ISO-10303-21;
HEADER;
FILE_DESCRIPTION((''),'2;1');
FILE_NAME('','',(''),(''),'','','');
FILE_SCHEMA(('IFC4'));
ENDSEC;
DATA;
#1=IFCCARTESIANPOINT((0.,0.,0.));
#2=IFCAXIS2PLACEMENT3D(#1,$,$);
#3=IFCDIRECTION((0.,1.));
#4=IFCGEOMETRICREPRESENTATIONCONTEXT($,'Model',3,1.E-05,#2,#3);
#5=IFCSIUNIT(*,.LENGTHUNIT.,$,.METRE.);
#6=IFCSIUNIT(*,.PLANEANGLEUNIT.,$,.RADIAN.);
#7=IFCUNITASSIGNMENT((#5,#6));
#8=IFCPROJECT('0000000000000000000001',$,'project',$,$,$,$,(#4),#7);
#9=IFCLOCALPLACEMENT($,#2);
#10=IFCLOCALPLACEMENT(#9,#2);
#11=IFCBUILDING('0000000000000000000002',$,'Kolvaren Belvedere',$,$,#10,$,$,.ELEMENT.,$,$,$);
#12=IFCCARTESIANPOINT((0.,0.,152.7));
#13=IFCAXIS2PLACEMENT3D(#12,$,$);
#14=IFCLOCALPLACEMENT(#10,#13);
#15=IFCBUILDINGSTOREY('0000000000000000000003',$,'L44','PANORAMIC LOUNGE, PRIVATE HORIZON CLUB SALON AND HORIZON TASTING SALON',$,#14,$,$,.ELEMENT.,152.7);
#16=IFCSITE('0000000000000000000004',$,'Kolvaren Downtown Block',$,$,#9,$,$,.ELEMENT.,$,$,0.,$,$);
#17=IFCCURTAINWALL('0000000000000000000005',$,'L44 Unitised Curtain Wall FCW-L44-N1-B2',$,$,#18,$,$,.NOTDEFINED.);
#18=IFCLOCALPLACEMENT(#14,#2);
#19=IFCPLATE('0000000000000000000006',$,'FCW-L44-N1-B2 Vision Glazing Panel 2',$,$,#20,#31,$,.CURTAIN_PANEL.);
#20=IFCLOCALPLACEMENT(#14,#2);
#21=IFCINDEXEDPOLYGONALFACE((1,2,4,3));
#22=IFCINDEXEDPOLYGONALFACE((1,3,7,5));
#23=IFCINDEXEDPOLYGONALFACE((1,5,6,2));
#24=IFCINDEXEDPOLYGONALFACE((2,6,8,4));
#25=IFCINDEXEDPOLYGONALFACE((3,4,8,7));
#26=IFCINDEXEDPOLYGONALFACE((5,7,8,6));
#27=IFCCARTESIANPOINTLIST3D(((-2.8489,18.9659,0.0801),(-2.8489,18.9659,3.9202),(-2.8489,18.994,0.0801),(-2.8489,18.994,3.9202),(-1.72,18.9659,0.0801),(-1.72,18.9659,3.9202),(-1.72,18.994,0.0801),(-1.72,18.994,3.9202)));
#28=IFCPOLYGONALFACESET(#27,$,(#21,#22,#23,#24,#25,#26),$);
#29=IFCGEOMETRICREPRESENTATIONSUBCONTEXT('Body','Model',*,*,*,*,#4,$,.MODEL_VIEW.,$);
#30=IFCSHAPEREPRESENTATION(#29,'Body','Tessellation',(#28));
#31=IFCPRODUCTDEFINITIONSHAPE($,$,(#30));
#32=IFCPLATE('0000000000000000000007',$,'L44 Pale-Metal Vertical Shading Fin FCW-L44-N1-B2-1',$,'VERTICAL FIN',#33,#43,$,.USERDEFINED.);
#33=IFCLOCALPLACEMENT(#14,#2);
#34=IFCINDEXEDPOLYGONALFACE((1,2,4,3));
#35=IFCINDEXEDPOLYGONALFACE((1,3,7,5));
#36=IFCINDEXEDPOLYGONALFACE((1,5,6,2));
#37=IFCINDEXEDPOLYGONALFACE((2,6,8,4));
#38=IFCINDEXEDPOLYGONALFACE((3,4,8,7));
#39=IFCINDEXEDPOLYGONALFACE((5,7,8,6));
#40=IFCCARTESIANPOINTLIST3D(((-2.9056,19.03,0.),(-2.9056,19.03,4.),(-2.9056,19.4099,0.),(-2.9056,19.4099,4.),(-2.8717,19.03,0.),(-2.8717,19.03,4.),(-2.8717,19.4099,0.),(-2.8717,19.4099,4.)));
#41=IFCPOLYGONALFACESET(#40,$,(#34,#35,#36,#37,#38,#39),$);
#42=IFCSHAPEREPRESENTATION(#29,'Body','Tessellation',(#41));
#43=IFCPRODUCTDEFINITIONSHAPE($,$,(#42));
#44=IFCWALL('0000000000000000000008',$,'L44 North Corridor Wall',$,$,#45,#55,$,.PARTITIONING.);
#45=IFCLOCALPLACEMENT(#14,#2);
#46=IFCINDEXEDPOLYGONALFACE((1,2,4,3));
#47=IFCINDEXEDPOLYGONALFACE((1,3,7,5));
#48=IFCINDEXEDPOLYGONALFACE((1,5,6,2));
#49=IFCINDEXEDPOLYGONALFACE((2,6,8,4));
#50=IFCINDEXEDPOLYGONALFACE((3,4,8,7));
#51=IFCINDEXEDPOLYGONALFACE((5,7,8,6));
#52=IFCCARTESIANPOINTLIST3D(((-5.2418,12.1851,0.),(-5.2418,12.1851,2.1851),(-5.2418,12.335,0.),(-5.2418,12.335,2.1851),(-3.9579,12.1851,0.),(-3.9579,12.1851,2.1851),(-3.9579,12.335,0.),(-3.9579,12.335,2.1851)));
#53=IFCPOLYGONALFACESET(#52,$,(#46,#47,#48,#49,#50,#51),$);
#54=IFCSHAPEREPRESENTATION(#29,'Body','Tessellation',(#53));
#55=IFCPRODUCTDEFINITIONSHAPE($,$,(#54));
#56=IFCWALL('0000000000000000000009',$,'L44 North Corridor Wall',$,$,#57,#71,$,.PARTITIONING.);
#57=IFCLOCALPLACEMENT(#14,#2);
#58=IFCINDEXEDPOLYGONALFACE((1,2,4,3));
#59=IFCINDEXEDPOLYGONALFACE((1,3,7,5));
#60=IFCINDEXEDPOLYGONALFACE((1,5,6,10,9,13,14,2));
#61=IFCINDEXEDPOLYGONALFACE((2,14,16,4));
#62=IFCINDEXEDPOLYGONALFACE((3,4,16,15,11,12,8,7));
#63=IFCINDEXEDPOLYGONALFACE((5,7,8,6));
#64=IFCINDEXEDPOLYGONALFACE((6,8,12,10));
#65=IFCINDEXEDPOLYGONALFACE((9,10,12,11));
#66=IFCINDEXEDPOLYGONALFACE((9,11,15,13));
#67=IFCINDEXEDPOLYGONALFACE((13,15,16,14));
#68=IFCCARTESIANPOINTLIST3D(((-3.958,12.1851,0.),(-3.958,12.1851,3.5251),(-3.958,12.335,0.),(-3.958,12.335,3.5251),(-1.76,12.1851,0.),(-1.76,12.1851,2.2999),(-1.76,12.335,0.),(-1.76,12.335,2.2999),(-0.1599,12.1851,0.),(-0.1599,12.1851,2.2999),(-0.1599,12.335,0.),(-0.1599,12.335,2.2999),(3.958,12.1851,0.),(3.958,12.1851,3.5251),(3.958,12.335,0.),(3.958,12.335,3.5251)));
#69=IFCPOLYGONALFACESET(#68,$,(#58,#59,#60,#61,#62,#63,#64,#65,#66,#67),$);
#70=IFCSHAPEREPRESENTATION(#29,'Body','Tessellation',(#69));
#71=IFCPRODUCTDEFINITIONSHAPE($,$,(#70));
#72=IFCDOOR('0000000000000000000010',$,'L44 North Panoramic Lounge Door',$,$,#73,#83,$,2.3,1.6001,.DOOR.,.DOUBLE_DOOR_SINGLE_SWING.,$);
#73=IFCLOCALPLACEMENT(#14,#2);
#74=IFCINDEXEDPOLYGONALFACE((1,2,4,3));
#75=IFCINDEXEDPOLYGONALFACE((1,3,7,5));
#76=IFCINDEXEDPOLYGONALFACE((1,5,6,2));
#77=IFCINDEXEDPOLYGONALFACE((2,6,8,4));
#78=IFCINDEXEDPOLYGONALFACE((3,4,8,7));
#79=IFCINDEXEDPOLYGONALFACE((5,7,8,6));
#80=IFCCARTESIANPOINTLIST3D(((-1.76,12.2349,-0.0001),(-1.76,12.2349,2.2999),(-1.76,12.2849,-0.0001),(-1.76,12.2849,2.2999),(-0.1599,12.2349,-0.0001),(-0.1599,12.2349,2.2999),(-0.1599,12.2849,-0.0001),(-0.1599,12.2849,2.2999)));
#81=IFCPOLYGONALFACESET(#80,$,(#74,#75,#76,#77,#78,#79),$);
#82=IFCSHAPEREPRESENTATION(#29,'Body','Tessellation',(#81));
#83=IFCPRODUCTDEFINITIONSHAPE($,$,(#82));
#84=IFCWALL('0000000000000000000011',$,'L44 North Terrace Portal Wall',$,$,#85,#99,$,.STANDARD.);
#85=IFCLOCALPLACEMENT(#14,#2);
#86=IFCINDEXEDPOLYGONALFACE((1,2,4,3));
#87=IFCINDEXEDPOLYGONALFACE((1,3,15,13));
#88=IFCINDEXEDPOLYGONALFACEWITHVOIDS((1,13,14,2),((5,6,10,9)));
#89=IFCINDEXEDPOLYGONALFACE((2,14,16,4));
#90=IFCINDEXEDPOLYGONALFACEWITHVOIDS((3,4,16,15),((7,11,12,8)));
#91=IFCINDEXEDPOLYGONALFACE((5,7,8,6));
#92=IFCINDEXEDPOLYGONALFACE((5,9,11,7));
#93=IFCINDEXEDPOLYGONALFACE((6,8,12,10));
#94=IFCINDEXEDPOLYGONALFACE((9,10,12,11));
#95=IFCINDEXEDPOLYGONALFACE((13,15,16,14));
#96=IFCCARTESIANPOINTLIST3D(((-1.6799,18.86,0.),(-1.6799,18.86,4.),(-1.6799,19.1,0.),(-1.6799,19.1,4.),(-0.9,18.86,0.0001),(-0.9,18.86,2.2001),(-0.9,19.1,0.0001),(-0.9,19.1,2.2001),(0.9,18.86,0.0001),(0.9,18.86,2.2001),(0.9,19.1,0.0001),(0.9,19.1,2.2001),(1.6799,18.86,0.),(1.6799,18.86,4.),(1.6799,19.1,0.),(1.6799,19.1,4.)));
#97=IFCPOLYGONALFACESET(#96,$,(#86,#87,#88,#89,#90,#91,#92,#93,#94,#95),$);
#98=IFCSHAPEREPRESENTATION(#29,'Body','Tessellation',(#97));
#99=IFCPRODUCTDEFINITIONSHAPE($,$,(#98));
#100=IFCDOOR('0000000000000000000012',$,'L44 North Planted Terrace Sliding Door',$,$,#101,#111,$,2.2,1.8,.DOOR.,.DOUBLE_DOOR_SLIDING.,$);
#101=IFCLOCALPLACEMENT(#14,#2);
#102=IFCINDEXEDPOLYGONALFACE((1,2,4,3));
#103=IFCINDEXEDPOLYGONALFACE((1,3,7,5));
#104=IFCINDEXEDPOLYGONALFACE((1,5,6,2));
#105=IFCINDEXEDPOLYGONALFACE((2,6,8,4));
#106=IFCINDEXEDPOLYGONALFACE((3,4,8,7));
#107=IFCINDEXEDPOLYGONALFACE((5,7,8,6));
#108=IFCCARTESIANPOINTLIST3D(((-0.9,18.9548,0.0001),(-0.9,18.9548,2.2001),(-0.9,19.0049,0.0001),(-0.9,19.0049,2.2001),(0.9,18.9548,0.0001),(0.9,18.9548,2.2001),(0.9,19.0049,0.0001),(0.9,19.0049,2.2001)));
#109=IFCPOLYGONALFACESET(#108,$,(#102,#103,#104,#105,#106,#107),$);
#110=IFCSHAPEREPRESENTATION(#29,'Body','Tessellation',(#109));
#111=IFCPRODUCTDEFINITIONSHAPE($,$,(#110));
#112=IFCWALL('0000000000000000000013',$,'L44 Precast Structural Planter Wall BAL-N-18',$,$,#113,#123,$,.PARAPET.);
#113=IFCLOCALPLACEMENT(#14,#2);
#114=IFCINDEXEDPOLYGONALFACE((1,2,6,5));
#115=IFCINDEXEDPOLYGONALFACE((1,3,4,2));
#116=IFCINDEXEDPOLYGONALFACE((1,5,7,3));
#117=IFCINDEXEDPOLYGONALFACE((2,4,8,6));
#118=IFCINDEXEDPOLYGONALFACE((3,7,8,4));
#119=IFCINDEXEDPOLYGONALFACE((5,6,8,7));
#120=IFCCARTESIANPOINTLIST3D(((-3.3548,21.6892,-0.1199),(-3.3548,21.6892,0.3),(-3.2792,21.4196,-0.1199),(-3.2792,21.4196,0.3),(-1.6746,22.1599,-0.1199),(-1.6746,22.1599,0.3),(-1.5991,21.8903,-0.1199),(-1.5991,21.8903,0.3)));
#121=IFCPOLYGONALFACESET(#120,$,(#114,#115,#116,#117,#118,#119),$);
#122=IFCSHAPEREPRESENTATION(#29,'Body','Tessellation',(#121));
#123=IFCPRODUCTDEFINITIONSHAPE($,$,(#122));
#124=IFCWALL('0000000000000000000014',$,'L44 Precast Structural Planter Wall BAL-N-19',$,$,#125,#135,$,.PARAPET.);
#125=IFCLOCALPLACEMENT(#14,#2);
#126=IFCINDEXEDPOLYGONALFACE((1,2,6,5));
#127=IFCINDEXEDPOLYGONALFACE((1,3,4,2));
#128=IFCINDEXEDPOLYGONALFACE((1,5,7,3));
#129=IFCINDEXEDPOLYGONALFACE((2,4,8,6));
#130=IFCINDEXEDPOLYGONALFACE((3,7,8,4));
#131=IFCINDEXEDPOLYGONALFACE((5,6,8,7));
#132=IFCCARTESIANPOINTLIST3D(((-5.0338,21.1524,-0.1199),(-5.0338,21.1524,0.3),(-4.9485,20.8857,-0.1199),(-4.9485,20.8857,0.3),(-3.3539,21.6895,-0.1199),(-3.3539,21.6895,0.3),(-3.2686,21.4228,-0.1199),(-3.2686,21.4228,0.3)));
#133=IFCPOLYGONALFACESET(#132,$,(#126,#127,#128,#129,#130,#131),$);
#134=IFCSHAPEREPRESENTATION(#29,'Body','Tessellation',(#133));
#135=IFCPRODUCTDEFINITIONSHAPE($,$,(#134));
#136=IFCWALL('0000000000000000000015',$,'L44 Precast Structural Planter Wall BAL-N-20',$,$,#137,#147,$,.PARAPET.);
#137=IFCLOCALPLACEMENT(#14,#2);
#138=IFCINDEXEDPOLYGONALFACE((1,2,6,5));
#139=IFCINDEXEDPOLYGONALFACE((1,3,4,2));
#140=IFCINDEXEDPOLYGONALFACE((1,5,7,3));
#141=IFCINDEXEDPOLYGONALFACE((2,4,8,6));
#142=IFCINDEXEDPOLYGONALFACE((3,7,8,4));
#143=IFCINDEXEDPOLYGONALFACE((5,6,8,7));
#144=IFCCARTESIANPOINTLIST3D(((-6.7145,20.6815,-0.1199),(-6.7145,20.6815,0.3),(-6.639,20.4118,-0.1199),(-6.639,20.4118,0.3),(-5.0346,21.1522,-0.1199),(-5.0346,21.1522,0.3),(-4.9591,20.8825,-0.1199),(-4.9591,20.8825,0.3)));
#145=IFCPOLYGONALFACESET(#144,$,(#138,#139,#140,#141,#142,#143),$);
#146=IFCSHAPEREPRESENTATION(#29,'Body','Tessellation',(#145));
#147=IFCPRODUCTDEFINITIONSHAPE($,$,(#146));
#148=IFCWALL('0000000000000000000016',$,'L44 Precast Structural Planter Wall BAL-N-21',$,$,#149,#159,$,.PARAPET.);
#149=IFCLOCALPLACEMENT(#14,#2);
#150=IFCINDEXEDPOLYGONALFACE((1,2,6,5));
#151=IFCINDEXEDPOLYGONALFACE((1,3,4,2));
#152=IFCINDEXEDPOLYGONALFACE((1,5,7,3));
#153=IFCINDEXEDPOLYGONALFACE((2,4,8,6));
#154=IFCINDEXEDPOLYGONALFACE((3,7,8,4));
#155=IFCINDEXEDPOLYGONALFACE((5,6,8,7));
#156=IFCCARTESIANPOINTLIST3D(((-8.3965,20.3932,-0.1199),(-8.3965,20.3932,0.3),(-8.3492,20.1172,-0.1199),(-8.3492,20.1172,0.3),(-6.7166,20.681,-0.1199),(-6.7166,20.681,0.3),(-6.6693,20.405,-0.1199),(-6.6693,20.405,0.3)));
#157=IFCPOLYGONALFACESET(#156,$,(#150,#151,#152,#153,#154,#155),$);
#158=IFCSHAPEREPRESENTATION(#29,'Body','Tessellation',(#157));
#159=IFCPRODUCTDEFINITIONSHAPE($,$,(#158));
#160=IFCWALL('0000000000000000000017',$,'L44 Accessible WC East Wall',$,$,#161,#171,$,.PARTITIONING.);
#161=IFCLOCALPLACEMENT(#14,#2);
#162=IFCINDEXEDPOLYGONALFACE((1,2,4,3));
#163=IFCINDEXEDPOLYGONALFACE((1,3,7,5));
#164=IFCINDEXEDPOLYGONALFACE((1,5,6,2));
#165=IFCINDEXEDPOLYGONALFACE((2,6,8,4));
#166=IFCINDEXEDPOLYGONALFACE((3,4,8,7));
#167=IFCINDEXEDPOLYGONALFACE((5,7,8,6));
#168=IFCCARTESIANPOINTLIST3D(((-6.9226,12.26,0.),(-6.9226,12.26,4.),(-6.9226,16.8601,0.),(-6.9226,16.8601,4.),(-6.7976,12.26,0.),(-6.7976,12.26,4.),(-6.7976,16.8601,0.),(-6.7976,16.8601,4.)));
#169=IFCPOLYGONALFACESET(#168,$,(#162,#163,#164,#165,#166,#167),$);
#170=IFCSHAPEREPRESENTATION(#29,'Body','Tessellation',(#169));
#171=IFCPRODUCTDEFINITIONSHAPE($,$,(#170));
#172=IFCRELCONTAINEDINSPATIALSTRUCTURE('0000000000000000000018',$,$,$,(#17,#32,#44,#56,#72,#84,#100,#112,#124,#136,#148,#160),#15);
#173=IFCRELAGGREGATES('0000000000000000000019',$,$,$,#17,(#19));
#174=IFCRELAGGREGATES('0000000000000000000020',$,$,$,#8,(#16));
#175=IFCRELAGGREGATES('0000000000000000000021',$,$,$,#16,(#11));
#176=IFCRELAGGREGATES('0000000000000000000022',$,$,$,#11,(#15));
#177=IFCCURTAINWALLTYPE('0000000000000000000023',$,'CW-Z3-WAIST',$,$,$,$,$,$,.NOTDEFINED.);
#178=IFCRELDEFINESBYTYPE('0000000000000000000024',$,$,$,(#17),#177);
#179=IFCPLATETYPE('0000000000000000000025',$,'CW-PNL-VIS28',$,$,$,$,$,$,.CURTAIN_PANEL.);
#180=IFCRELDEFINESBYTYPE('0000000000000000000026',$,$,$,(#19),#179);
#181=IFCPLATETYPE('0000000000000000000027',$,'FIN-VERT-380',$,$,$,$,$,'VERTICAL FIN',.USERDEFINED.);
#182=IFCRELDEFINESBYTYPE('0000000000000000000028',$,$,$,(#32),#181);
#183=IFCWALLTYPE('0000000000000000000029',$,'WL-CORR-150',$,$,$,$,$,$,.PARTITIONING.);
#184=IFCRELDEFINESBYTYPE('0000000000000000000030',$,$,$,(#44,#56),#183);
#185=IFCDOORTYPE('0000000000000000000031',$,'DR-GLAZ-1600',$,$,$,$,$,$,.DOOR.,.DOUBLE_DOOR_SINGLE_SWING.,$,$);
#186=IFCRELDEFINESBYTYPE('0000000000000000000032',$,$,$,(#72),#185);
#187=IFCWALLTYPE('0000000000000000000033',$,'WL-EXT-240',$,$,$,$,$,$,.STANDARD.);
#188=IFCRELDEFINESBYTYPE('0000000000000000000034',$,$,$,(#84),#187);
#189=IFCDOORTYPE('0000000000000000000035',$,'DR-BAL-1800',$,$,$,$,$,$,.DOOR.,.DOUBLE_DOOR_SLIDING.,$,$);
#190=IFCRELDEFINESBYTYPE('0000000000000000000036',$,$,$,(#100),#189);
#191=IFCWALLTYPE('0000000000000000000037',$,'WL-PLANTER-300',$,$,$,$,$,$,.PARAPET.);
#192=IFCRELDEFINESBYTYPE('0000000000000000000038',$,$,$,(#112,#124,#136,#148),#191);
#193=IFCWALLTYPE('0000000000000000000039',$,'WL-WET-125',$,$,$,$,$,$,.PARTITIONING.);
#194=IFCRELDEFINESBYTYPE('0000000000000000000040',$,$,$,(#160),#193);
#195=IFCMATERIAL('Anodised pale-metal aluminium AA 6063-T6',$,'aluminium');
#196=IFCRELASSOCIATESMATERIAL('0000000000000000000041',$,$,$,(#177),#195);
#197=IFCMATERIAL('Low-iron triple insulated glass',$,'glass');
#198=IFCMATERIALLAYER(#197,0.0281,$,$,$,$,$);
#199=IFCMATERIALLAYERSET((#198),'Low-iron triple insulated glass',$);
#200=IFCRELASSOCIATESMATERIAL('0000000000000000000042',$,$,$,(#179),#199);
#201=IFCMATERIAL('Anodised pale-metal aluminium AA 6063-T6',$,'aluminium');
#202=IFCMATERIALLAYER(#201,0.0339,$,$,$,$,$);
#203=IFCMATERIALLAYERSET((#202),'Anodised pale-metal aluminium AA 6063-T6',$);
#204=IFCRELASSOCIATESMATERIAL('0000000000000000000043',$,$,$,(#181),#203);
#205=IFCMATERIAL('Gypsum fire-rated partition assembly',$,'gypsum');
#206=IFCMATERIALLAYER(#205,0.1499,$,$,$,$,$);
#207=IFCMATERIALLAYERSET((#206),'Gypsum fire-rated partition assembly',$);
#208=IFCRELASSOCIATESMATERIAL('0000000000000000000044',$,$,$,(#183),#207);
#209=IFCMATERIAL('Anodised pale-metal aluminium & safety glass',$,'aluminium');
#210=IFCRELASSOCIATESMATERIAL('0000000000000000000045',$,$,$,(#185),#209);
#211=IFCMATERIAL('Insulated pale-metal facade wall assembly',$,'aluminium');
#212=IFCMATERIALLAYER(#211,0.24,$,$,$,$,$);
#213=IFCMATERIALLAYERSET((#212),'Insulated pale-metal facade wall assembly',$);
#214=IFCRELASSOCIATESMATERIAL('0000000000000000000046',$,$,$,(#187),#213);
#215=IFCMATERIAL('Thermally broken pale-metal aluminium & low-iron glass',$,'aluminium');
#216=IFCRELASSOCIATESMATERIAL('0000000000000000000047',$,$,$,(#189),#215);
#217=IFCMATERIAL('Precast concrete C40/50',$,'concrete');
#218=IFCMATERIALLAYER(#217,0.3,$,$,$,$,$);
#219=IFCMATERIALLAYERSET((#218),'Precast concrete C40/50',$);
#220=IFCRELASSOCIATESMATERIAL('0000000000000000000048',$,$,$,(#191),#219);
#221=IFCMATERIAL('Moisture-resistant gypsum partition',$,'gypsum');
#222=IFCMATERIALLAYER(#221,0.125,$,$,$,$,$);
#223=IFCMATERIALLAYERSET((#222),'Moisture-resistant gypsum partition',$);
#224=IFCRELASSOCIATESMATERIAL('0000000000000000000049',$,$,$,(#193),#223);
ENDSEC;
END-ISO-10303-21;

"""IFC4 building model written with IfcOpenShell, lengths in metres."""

from ifc_helpers import new_model, si_unit, direction, frame, frame_2d, origin, origin_2d, place, context, subcontext, project, spatial, rectangle, extrude, material, layer, layer_set, type_object, element, fill, aggregate, save


model = new_model("IFC4")

# Units and contexts
model_context = context("Model", 3, precision=1e-05, world=origin(), true_north=direction((0.0, 1.0)))
body_context = subcontext(model_context, "Body", "Model", "MODEL_VIEW")
ifc_project = project(units=[si_unit("LENGTHUNIT", "METRE"), si_unit("PLANEANGLEUNIT", "RADIAN")], contexts=[model_context])

# Site, building, storey
site_placement = place(None, origin())
site = spatial("IfcSite", under=ifc_project, at=site_placement, Name="Kolvaren Downtown Block", CompositionType="ELEMENT", RefElevation=0.0)
building_placement = place(site_placement, origin())
building = spatial("IfcBuilding", under=site, at=building_placement, Name="Kolvaren Belvedere", CompositionType="ELEMENT")
storey_placement = place(building_placement, frame((0.0, 0.0, 152.7)))
storey = spatial("IfcBuildingStorey", under=building, at=storey_placement, Name="L44", Description="PANORAMIC LOUNGE, PRIVATE HORIZON CLUB SALON AND HORIZON TASTING SALON", CompositionType="ELEMENT", Elevation=152.7)

# Shared definitions
ifc_material_1 = material(Name="Anodised pale-metal aluminium AA 6063-T6", Category="aluminium")
curtain_wall_type = type_object("IfcCurtainWallType", Name="CW-Z3-WAIST", PredefinedType="NOTDEFINED", material=ifc_material_1)

# Curtain wall
curtain_wall_1_placement = place(storey_placement, origin())
curtain_wall_1 = element("IfcCurtainWall", 1, at=curtain_wall_1_placement, inside=storey, type_object=curtain_wall_type, Name="L44 Unitised Curtain Wall FCW-L44-N1-B2", PredefinedType="NOTDEFINED")

# Plates
ifc_material_2 = material(Name="Low-iron triple insulated glass", Category="glass")
ifc_layer_1 = layer(ifc_material_2, 0.0281)
ifc_layer_set_1 = layer_set([ifc_layer_1], Name="Low-iron triple insulated glass")
plate_type_1 = type_object("IfcPlateType", Name="CW-PNL-VIS28", PredefinedType="CURTAIN_PANEL", material=ifc_layer_set_1)
plate_1_placement = place(storey_placement, frame((-2.2844, 18.98, 0.0801), z_axis=(0.0, 0.0, 1.0), x_axis=(1.0, 0.0, 0.0)))
plate_1 = element("IfcPlate", 2, at=plate_1_placement, type_object=plate_type_1, Name="FCW-L44-N1-B2 Vision Glazing Panel 2", PredefinedType="CURTAIN_PANEL", context=body_context, shape_type="SweptSolid", body=[
    extrude(rectangle(XDim=1.1289, YDim=0.0281, at=origin_2d()), origin(), (0.0, 0.0, 1.0), 3.8401),
])
aggregate(curtain_wall_1, [plate_1])
ifc_material_3 = material(Name="Anodised pale-metal aluminium AA 6063-T6", Category="aluminium")
ifc_layer_2 = layer(ifc_material_3, 0.0339)
ifc_layer_set_2 = layer_set([ifc_layer_2], Name="Anodised pale-metal aluminium AA 6063-T6")
plate_type_2 = type_object("IfcPlateType", Name="FIN-VERT-380", ElementType="VERTICAL FIN", PredefinedType="USERDEFINED", material=ifc_layer_set_2)
plate_2_placement = place(storey_placement, frame((-2.8887, 19.22, 0.0), z_axis=(0.0, 0.0, 1.0), x_axis=(0.0, 1.0, 0.0)))
element("IfcPlate", 3, at=plate_2_placement, inside=storey, type_object=plate_type_2, Name="L44 Pale-Metal Vertical Shading Fin FCW-L44-N1-B2-1", ObjectType="VERTICAL FIN", PredefinedType="USERDEFINED", context=body_context, shape_type="SweptSolid", body=[
    extrude(rectangle(XDim=0.3799, YDim=0.0339, at=origin_2d()), origin(), (0.0, 0.0, 1.0), 4.0),
])

# Wall
ifc_material_4 = material(Name="Gypsum fire-rated partition assembly", Category="gypsum")
ifc_layer_3 = layer(ifc_material_4, 0.1499)
ifc_layer_set_3 = layer_set([ifc_layer_3], Name="Gypsum fire-rated partition assembly")
wall_type_1 = type_object("IfcWallType", Name="WL-CORR-150", PredefinedType="PARTITIONING", material=ifc_layer_set_3)
wall_1_placement = place(storey_placement, frame((-5.2419, 12.26, 0.0), z_axis=(0.0, 0.0, 1.0), x_axis=(1.0, 0.0, 0.0)))
element("IfcWall", 4, at=wall_1_placement, inside=storey, type_object=wall_type_1, Name="L44 North Corridor Wall", PredefinedType="PARTITIONING", context=body_context, shape_type="SweptSolid", body=[
    extrude(rectangle(XDim=1.2839, YDim=0.1499, at=frame_2d((0.6421, 0.0))), origin(), (0.0, 0.0, 1.0), 2.1851),
])

# Walls, openings, doors
wall_2_placement = place(storey_placement, frame((-3.958, 12.26, 0.0), z_axis=(0.0, 0.0, 1.0), x_axis=(1.0, 0.0, 0.0)))
wall_2 = element("IfcWall", 5, at=wall_2_placement, inside=storey, type_object=wall_type_1, Name="L44 North Corridor Wall", PredefinedType="PARTITIONING", context=body_context, shape_type="SweptSolid", body=[
    extrude(rectangle(XDim=7.916, YDim=0.1499, at=frame_2d((3.958, 0.0))), origin(), (0.0, 0.0, 1.0), 3.5251),
])
opening_1_placement = place(wall_2_placement, frame((2.198, 0.0, 0.0)))
opening_1 = element("IfcOpeningElement", 6, at=opening_1_placement, cuts=wall_2, PredefinedType="OPENING", context=body_context, shape_type="SweptSolid", body=[
    extrude(rectangle(XDim=1.6001, YDim=2.3, at=frame_2d((0.8, 1.1499))), frame((0.0, 0.085, 0.0), z_axis=(0.0, -1.0, 0.0), x_axis=(1.0, 0.0, 0.0)), (0.0, 0.0, 1.0), 0.1699),
])
ifc_material_5 = material(Name="Anodised pale-metal aluminium & safety glass", Category="aluminium")
door_type_1 = type_object("IfcDoorType", Name="DR-GLAZ-1600", OperationType="DOUBLE_DOOR_SINGLE_SWING", PredefinedType="DOOR", material=ifc_material_5)
door_1_placement = place(opening_1_placement, origin())
door_1 = element("IfcDoor", 7, at=door_1_placement, inside=storey, type_object=door_type_1, Name="L44 North Panoramic Lounge Door", OperationType="DOUBLE_DOOR_SINGLE_SWING", OverallHeight=2.3, OverallWidth=1.6001, PredefinedType="DOOR", context=body_context, shape_type="SweptSolid", body=[
    extrude(rectangle(XDim=1.6001, YDim=2.3, at=frame_2d((0.8, 1.1499))), frame((0.0, 0.0249, 0.0), z_axis=(0.0, -1.0, 0.0), x_axis=(1.0, 0.0, 0.0)), (0.0, 0.0, 1.0), 0.05),
])
fill(opening_1, door_1)
ifc_material_6 = material(Name="Insulated pale-metal facade wall assembly", Category="aluminium")
ifc_layer_4 = layer(ifc_material_6, 0.24)
ifc_layer_set_4 = layer_set([ifc_layer_4], Name="Insulated pale-metal facade wall assembly")
wall_type_2 = type_object("IfcWallType", Name="WL-EXT-240", PredefinedType="STANDARD", material=ifc_layer_set_4)
wall_3_placement = place(storey_placement, frame((-1.6799, 18.98, 0.0), z_axis=(0.0, 0.0, 1.0), x_axis=(1.0, 0.0, 0.0)))
wall_3 = element("IfcWall", 8, at=wall_3_placement, inside=storey, type_object=wall_type_2, Name="L44 North Terrace Portal Wall", PredefinedType="STANDARD", context=body_context, shape_type="SweptSolid", body=[
    extrude(rectangle(XDim=3.3599, YDim=0.24, at=frame_2d((1.6799, 0.0))), origin(), (0.0, 0.0, 1.0), 4.0),
])
opening_2_placement = place(wall_3_placement, frame((0.78, 0.0, 0.0)))
opening_2 = element("IfcOpeningElement", 9, at=opening_2_placement, cuts=wall_3, PredefinedType="OPENING", context=body_context, shape_type="SweptSolid", body=[
    extrude(rectangle(XDim=1.8, YDim=2.2, at=frame_2d((0.8999, 1.1001))), frame((0.0, 0.1299, 0.0), z_axis=(0.0, -1.0, 0.0), x_axis=(1.0, 0.0, 0.0)), (0.0, 0.0, 1.0), 0.26),
])
ifc_material_7 = material(Name="Thermally broken pale-metal aluminium & low-iron glass", Category="aluminium")
door_type_2 = type_object("IfcDoorType", Name="DR-BAL-1800", OperationType="DOUBLE_DOOR_SLIDING", PredefinedType="DOOR", material=ifc_material_7)
door_2_placement = place(opening_2_placement, origin())
door_2 = element("IfcDoor", 10, at=door_2_placement, inside=storey, type_object=door_type_2, Name="L44 North Planted Terrace Sliding Door", OperationType="DOUBLE_DOOR_SLIDING", OverallHeight=2.2, OverallWidth=1.8, PredefinedType="DOOR", context=body_context, shape_type="SweptSolid", body=[
    extrude(rectangle(XDim=1.8, YDim=2.2, at=frame_2d((0.8999, 1.1001))), frame((0.0, 0.0249, 0.0), z_axis=(0.0, -1.0, 0.0), x_axis=(1.0, 0.0, 0.0)), (0.0, 0.0, 1.0), 0.05),
])
fill(opening_2, door_2)

# Walls
ifc_material_8 = material(Name="Precast concrete C40/50", Category="concrete")
ifc_layer_5 = layer(ifc_material_8, 0.3)
ifc_layer_set_5 = layer_set([ifc_layer_5], Name="Precast concrete C40/50")
wall_type_3 = type_object("IfcWallType", Name="WL-PLANTER-300", PredefinedType="PARAPET", material=ifc_layer_set_5)
wall_4_placement = place(storey_placement, frame((-1.6367, 22.0251, -0.1199), z_axis=(0.0, 0.0, 1.0), x_axis=(-0.962926, -0.269765, 0.0)))
element("IfcWall", 11, at=wall_4_placement, inside=storey, type_object=wall_type_3, Name="L44 Precast Structural Planter Wall BAL-N-18", PredefinedType="PARAPET", context=body_context, shape_type="SweptSolid", body=[
    extrude(rectangle(XDim=1.7449, YDim=0.28, at=frame_2d((0.8726, 0.0))), origin(), (0.0, 0.0, 1.0), 0.4199),
])
wall_5_placement = place(storey_placement, frame((-3.3113, 21.5562, -0.1199), z_axis=(0.0, 0.0, 1.0), x_axis=(-0.952501, -0.304535, 0.0)))
element("IfcWall", 12, at=wall_5_placement, inside=storey, type_object=wall_type_3, Name="L44 Precast Structural Planter Wall BAL-N-19", PredefinedType="PARAPET", context=body_context, shape_type="SweptSolid", body=[
    extrude(rectangle(XDim=1.7637, YDim=0.28, at=frame_2d((0.8818, 0.0))), origin(), (0.0, 0.0, 1.0), 0.4199),
])
wall_6_placement = place(storey_placement, frame((-4.9968, 21.0173, -0.1199), z_axis=(0.0, 0.0, 1.0), x_axis=(-0.962916, -0.269801, 0.0)))
element("IfcWall", 13, at=wall_6_placement, inside=storey, type_object=wall_type_3, Name="L44 Precast Structural Planter Wall BAL-N-20", PredefinedType="PARAPET", context=body_context, shape_type="SweptSolid", body=[
    extrude(rectangle(XDim=1.7446, YDim=0.28, at=frame_2d((0.8723, 0.0))), origin(), (0.0, 0.0, 1.0), 0.4199),
])
wall_7_placement = place(storey_placement, frame((-6.6931, 20.543, -0.1199), z_axis=(0.0, 0.0, 1.0), x_axis=(-0.985637, -0.16888, 0.0)))
element("IfcWall", 14, at=wall_7_placement, inside=storey, type_object=wall_type_3, Name="L44 Precast Structural Planter Wall BAL-N-21", PredefinedType="PARAPET", context=body_context, shape_type="SweptSolid", body=[
    extrude(rectangle(XDim=1.7043, YDim=0.28, at=frame_2d((0.8521, 0.0))), origin(), (0.0, 0.0, 1.0), 0.4199),
])
ifc_material_9 = material(Name="Moisture-resistant gypsum partition", Category="gypsum")
ifc_layer_6 = layer(ifc_material_9, 0.125)
ifc_layer_set_6 = layer_set([ifc_layer_6], Name="Moisture-resistant gypsum partition")
wall_type_4 = type_object("IfcWallType", Name="WL-WET-125", PredefinedType="PARTITIONING", material=ifc_layer_set_6)
wall_8_placement = place(storey_placement, frame((-6.8601, 12.26, 0.0), z_axis=(0.0, 0.0, 1.0), x_axis=(0.0, 1.0, 0.0)))
element("IfcWall", 15, at=wall_8_placement, inside=storey, type_object=wall_type_4, Name="L44 Accessible WC East Wall", PredefinedType="PARTITIONING", context=body_context, shape_type="SweptSolid", body=[
    extrude(rectangle(XDim=4.6001, YDim=0.125, at=frame_2d((2.3, 0.0))), origin(), (0.0, 0.0, 1.0), 4.0),
])

save(model, "model.ifc")
